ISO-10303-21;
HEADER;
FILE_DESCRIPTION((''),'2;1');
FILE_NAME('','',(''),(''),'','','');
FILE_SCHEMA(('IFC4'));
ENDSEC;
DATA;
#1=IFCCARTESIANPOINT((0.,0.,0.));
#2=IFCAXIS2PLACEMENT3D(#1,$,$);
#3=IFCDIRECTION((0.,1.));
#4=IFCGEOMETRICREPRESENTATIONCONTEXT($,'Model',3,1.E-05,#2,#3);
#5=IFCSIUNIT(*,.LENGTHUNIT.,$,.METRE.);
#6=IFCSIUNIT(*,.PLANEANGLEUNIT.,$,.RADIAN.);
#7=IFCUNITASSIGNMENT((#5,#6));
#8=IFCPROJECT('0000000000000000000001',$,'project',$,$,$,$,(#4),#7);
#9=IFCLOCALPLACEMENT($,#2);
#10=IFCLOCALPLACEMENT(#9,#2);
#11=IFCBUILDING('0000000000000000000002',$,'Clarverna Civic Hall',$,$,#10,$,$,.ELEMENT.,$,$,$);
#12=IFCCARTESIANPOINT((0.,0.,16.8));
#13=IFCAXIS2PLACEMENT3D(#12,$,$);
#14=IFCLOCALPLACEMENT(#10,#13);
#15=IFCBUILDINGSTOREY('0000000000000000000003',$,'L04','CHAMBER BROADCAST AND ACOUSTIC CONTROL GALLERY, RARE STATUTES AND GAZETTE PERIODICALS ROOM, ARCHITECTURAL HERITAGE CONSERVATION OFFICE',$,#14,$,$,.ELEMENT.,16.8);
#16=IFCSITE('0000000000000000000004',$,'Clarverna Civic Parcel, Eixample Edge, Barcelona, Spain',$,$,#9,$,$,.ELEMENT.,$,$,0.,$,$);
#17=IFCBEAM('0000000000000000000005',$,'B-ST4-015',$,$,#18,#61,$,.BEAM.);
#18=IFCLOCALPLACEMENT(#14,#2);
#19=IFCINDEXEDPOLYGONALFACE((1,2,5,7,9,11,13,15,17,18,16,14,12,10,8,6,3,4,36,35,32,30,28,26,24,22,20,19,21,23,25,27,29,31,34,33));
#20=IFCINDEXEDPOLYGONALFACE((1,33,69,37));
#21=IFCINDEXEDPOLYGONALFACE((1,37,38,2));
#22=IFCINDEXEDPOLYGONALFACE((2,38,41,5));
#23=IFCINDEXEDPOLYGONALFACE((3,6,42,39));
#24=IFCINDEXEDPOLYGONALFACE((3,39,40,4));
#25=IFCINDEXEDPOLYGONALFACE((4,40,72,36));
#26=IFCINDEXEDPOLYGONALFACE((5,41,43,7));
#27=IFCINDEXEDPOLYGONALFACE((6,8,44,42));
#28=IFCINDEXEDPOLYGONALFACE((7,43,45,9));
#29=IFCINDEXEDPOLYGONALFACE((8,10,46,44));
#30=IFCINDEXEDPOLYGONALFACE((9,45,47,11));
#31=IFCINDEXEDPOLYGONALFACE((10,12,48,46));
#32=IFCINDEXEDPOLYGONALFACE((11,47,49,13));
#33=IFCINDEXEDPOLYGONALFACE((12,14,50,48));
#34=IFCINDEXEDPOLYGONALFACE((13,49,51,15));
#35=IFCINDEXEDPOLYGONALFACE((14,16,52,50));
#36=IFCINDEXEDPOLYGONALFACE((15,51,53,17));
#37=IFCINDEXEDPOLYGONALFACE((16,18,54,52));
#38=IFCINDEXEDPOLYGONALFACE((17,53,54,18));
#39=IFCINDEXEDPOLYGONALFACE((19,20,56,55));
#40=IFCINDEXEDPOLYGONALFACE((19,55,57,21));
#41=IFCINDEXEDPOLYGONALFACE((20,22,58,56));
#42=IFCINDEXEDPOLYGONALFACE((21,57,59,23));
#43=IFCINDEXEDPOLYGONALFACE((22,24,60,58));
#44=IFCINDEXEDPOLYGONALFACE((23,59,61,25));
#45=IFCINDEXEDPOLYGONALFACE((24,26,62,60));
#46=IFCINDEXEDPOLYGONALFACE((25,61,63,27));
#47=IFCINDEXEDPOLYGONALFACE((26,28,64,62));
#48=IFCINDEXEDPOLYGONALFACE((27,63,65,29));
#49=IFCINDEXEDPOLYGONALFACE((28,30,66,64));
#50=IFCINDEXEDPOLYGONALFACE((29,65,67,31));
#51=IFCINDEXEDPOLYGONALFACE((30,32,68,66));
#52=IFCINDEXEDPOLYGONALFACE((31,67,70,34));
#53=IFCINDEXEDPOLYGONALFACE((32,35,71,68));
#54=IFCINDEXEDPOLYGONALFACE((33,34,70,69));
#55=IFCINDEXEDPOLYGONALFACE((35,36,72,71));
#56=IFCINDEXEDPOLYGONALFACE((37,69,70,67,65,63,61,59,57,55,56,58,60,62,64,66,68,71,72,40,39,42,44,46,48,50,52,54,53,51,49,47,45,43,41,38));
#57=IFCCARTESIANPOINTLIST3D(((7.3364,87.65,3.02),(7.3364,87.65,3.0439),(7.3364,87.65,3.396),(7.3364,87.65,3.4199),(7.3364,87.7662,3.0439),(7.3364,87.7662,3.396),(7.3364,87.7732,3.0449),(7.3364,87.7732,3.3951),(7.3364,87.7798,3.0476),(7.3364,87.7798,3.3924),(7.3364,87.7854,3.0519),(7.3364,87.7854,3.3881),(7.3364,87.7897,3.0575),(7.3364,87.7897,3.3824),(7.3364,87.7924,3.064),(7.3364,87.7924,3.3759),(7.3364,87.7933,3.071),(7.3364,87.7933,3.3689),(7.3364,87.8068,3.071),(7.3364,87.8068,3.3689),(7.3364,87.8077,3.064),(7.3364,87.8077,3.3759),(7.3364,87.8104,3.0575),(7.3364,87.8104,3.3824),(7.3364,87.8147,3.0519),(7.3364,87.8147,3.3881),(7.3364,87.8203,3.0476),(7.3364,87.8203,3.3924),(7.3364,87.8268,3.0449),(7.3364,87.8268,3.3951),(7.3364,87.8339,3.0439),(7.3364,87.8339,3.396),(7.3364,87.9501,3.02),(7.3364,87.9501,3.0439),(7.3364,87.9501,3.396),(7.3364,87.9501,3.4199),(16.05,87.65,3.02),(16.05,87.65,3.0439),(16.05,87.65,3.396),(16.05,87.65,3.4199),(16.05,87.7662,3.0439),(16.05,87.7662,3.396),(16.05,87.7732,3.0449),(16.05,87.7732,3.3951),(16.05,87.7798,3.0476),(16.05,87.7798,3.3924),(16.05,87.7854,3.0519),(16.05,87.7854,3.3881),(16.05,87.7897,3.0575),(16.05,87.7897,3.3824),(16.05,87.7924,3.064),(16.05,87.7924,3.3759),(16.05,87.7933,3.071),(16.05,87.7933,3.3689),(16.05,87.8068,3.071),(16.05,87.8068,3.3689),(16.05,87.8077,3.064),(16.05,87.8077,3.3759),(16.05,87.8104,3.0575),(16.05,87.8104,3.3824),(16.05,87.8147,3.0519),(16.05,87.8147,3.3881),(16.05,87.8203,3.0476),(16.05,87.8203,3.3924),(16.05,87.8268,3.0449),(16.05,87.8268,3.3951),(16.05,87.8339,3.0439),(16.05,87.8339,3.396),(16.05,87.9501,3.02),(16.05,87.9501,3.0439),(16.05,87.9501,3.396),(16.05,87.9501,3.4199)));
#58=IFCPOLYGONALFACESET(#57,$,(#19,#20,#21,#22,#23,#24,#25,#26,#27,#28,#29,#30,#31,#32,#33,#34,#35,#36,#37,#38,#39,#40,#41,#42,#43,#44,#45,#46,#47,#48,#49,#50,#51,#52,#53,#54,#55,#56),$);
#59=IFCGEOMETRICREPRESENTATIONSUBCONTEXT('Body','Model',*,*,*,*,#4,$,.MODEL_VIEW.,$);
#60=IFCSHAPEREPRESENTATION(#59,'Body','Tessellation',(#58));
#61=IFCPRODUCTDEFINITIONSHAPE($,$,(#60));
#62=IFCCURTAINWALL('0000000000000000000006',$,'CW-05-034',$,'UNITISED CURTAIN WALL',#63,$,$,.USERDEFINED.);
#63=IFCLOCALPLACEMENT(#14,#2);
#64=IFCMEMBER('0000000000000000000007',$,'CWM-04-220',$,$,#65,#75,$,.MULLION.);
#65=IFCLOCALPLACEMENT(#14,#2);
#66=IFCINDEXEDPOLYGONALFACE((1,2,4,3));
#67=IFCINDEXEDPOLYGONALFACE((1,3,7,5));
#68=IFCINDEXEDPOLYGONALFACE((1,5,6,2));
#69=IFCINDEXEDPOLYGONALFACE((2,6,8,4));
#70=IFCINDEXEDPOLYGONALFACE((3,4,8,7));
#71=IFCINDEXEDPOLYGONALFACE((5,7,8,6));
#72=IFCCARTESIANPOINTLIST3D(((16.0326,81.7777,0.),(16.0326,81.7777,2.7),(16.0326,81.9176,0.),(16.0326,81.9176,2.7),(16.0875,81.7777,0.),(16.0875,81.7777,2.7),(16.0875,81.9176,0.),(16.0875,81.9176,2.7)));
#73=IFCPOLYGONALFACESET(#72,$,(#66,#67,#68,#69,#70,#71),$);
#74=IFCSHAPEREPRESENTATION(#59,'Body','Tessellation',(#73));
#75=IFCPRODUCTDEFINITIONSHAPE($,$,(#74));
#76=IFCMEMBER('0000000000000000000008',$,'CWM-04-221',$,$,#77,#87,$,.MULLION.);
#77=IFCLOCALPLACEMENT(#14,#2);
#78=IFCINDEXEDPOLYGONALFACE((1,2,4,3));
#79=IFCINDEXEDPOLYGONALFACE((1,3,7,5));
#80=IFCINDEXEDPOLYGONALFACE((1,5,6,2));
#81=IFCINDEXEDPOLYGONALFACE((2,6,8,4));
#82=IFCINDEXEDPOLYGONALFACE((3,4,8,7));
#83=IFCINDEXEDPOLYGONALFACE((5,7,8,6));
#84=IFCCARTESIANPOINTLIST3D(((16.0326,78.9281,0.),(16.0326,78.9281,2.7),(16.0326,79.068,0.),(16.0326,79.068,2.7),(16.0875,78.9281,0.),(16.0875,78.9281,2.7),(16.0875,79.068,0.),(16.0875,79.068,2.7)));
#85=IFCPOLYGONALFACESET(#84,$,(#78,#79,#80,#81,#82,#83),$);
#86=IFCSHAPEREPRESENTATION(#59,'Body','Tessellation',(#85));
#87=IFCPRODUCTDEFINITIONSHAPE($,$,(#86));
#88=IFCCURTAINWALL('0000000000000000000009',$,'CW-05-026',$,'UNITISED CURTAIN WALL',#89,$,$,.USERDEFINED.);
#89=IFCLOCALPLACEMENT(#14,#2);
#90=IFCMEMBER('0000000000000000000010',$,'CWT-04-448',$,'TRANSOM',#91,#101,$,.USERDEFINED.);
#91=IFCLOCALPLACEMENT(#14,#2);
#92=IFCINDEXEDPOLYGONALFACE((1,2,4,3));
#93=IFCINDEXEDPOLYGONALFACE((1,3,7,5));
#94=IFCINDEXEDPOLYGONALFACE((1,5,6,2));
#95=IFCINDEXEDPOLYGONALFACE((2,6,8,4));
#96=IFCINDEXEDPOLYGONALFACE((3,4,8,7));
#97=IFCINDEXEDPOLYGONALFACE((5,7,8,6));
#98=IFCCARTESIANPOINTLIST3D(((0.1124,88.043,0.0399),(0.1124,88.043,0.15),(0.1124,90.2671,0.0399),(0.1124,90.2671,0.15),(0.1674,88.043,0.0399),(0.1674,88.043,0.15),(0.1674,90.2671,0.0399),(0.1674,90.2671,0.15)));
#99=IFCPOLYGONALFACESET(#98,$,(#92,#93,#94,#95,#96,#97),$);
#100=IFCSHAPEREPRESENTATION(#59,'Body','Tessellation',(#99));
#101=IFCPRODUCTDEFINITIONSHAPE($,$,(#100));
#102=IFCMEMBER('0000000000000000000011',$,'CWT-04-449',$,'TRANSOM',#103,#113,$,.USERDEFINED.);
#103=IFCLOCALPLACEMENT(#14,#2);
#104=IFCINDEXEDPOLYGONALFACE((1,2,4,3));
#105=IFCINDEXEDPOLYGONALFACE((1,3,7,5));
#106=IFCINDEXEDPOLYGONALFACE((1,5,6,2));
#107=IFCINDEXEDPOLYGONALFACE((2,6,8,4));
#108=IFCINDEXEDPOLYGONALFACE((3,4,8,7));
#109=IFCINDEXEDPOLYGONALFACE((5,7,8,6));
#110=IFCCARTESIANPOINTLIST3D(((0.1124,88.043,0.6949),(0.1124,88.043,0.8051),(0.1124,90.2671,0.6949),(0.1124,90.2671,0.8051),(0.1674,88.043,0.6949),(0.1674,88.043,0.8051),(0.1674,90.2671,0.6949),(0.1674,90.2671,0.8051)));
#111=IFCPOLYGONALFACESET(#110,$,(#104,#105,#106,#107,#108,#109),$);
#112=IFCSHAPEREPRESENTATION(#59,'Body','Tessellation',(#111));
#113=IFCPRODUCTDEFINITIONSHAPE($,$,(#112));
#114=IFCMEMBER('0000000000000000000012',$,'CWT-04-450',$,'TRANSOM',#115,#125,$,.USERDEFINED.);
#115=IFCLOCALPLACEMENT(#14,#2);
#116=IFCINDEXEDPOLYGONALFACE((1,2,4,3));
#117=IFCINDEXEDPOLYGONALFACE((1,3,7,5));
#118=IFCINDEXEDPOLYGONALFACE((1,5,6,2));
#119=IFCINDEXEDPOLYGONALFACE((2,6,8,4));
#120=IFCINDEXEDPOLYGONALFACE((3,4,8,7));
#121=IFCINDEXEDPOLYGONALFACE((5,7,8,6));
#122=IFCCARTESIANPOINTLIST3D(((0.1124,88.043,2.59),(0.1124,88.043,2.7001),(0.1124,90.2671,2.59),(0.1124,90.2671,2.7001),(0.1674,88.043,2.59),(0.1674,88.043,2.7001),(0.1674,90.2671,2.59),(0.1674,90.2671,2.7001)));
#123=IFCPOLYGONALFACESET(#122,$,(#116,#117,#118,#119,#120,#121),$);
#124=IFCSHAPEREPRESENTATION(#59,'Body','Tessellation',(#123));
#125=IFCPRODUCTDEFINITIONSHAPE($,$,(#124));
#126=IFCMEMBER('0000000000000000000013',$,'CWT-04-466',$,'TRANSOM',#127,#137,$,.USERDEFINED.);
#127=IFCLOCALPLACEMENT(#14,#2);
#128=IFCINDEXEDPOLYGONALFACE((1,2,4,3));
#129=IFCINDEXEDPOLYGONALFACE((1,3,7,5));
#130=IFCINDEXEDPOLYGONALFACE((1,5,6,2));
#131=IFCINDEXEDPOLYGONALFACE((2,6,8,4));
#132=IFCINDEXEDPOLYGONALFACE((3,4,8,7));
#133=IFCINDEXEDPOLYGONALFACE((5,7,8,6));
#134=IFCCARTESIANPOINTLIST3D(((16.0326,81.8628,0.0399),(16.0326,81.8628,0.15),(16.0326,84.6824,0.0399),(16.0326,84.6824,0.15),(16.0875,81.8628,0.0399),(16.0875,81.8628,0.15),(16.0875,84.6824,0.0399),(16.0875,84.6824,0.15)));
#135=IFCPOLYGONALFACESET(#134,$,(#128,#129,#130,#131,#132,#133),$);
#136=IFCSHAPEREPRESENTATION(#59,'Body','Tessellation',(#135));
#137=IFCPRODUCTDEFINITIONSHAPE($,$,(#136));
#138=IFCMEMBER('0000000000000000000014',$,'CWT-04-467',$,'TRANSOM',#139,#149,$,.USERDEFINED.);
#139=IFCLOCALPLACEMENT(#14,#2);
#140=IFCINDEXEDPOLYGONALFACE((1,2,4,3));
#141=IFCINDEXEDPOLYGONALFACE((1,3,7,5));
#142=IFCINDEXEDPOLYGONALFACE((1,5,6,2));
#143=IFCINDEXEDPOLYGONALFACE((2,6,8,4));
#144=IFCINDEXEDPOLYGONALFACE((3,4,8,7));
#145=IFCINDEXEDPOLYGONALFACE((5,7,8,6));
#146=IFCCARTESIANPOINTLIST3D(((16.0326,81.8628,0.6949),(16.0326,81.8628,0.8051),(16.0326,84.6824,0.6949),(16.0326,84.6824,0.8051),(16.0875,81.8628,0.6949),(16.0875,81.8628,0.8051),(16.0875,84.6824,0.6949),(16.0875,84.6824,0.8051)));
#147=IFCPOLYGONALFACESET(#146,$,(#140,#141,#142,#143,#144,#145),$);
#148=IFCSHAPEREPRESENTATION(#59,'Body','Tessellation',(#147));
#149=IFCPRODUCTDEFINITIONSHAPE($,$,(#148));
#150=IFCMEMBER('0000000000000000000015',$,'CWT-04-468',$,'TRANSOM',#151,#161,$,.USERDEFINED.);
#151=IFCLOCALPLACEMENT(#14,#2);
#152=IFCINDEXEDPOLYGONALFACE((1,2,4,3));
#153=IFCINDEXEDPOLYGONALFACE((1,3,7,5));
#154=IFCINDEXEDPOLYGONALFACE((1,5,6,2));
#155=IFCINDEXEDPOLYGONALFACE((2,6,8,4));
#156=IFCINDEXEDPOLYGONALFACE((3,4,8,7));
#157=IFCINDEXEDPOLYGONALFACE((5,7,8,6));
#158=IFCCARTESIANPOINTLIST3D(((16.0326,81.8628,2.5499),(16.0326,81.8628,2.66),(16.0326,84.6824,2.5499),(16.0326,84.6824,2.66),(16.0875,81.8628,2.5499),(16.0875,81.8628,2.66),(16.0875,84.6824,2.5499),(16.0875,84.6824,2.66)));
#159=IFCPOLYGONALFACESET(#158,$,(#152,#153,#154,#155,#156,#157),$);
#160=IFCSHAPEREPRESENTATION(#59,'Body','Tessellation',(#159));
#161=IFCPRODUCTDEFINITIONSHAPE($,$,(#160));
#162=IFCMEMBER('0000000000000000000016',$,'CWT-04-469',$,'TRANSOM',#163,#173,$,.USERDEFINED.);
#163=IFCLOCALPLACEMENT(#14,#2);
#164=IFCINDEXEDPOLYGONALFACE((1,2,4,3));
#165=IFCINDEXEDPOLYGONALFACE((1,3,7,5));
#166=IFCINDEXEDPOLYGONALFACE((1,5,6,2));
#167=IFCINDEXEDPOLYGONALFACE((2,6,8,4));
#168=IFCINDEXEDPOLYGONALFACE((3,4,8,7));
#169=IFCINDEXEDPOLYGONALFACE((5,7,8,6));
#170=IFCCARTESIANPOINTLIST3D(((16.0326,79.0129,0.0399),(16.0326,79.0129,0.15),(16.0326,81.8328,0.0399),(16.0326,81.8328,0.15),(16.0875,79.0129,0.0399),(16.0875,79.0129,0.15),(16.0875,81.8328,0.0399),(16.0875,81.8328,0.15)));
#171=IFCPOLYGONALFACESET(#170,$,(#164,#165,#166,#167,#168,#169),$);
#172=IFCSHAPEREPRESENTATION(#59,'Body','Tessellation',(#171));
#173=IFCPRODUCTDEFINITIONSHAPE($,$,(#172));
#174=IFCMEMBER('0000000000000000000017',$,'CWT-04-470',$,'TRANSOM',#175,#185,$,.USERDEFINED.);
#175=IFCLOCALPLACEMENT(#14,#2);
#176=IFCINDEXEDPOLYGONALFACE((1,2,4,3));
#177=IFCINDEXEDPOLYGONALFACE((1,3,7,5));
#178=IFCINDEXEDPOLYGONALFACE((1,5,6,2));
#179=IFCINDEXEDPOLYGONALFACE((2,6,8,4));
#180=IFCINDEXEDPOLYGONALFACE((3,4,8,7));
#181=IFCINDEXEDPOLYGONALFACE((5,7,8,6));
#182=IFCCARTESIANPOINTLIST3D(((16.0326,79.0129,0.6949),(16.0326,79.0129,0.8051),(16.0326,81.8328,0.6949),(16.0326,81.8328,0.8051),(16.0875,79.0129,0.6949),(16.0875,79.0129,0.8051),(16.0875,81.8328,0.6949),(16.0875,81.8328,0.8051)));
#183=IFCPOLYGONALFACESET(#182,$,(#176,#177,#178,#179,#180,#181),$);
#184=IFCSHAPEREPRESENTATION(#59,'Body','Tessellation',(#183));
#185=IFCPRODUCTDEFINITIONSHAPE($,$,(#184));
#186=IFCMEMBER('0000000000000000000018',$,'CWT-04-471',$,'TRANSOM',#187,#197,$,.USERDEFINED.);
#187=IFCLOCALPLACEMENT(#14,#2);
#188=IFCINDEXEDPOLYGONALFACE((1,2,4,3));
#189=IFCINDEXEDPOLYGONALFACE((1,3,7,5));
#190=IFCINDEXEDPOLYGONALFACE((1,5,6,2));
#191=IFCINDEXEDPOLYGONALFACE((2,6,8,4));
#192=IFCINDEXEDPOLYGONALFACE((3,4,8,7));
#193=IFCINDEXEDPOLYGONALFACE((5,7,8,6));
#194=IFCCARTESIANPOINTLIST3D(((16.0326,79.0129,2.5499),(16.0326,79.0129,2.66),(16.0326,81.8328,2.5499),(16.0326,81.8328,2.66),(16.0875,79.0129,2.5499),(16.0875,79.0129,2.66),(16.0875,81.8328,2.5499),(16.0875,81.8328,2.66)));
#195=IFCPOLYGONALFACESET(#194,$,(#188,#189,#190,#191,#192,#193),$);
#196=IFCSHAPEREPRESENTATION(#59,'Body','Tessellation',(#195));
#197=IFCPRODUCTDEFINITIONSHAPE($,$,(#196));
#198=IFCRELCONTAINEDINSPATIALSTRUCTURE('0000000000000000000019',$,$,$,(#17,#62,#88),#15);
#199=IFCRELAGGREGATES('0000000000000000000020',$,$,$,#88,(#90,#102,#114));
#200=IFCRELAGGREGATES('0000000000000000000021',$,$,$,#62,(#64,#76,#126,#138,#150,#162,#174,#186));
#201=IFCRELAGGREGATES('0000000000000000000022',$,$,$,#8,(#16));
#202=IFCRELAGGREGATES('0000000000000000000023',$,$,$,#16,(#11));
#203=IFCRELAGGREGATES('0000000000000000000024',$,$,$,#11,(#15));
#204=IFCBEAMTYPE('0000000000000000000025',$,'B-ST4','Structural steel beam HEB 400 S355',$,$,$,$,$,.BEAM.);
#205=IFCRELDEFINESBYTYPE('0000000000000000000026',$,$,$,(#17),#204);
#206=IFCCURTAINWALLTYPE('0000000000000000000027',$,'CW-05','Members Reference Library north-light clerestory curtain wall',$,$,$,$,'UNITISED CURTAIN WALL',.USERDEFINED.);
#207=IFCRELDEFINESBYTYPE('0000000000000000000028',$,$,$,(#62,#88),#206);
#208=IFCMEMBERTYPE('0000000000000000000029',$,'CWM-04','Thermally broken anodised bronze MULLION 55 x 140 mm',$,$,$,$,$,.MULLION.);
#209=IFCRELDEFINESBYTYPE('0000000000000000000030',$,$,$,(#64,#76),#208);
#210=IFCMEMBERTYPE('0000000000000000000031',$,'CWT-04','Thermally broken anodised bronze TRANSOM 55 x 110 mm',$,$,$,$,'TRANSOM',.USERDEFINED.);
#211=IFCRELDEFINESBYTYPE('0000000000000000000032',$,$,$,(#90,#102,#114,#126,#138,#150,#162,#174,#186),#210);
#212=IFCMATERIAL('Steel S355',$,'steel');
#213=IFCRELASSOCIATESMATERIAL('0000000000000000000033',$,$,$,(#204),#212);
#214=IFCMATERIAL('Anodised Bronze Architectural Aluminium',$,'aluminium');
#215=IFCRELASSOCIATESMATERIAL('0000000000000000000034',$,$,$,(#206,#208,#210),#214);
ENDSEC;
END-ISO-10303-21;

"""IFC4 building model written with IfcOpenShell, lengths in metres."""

from ifc_helpers import new_model, si_unit, direction, frame, origin, origin_2d, place, context, subcontext, project, spatial, rectangle, i_section, extrude, material, material_profile, profile_set, type_object, element, aggregate, save


model = new_model("IFC4")

# Units and contexts
model_context = context("Model", 3, precision=1e-05, world=origin(), true_north=direction((0.0, 1.0)))
body_context = subcontext(model_context, "Body", "Model", "MODEL_VIEW")
ifc_project = project(units=[si_unit("LENGTHUNIT", "METRE"), si_unit("PLANEANGLEUNIT", "RADIAN")], contexts=[model_context])

# Site, building, storey
site_placement = place(None, origin())
site = spatial("IfcSite", under=ifc_project, at=site_placement, Name="Clarverna Civic Parcel, Eixample Edge, Barcelona, Spain", CompositionType="ELEMENT", RefElevation=0.0)
building_placement = place(site_placement, origin())
building = spatial("IfcBuilding", under=site, at=building_placement, Name="Clarverna Civic Hall", CompositionType="ELEMENT")
storey_placement = place(building_placement, frame((0.0, 0.0, 16.8)))
storey = spatial("IfcBuildingStorey", under=building, at=storey_placement, Name="L04", Description="CHAMBER BROADCAST AND ACOUSTIC CONTROL GALLERY, RARE STATUTES AND GAZETTE PERIODICALS ROOM, ARCHITECTURAL HERITAGE CONSERVATION OFFICE", CompositionType="ELEMENT", Elevation=16.8)

# Shared definitions
ifc_material_1 = material(Name="Steel S355", Category="steel")

# Beam
ifc_material_profile_1 = material_profile(ifc_material_1, i_section(OverallWidth=0.3, OverallDepth=0.3999, WebThickness=0.0134, FlangeThickness=0.0239, FilletRadius=0.0271, at=origin_2d()), Name="HEB 400")
ifc_profile_set_1 = profile_set([ifc_material_profile_1], Name="Steel S355")
beam_type_1 = type_object("IfcBeamType", Name="B-ST4", Description="Structural steel beam HEB 400 S355", PredefinedType="BEAM", material=ifc_profile_set_1)
beam_1_placement = place(storey_placement, frame((7.3364, 87.8, 3.22), z_axis=(1.0, 0.0, 0.0), x_axis=(0.0, 1.0, 0.0)))
element("IfcBeam", 1, at=beam_1_placement, inside=storey, type_object=beam_type_1, Name="B-ST4-015", PredefinedType="BEAM", context=body_context, shape_type="SweptSolid", body=[
    extrude(i_section(OverallWidth=0.3, OverallDepth=0.3999, WebThickness=0.0134, FlangeThickness=0.0239, FilletRadius=0.0271, at=origin_2d()), origin(), (0.0, 0.0, 1.0), 8.7136),
])

# Curtain walls, members
ifc_material_2 = material(Name="Anodised Bronze Architectural Aluminium", Category="aluminium")
curtain_wall_type = type_object("IfcCurtainWallType", Name="CW-05", Description="Members Reference Library north-light clerestory curtain wall", ElementType="UNITISED CURTAIN WALL", PredefinedType="USERDEFINED", material=ifc_material_2)
curtain_wall_1_placement = place(storey_placement, origin())
curtain_wall_1 = element("IfcCurtainWall", 2, at=curtain_wall_1_placement, inside=storey, type_object=curtain_wall_type, Name="CW-05-034", ObjectType="UNITISED CURTAIN WALL", PredefinedType="USERDEFINED")
ifc_material_profile_2 = material_profile(ifc_material_2, rectangle(XDim=0.0549, YDim=0.1399, at=origin_2d()), Name="BRONZE 55x140")
ifc_profile_set_2 = profile_set([ifc_material_profile_2], Name="Anodised Bronze Architectural Aluminium")
member_type_1 = type_object("IfcMemberType", Name="CWM-04", Description="Thermally broken anodised bronze MULLION 55 x 140 mm", PredefinedType="MULLION", material=ifc_profile_set_2)
member_1_placement = place(storey_placement, frame((16.0601, 81.8477, 0.0), z_axis=(0.0, 0.0, 1.0), x_axis=(1.0, 0.0, 0.0)))
member_1 = element("IfcMember", 3, at=member_1_placement, type_object=member_type_1, Name="CWM-04-220", PredefinedType="MULLION", context=body_context, shape_type="SweptSolid", body=[
    extrude(rectangle(XDim=0.0549, YDim=0.1399, at=origin_2d()), origin(), (0.0, 0.0, 1.0), 2.7),
])
member_2_placement = place(storey_placement, frame((16.0601, 78.998, 0.0), z_axis=(0.0, 0.0, 1.0), x_axis=(1.0, 0.0, 0.0)))
member_2 = element("IfcMember", 4, at=member_2_placement, type_object=member_type_1, Name="CWM-04-221", PredefinedType="MULLION", context=body_context, shape_type="SweptSolid", body=[
    extrude(rectangle(XDim=0.0549, YDim=0.1399, at=origin_2d()), origin(), (0.0, 0.0, 1.0), 2.7),
])
curtain_wall_2_placement = place(storey_placement, origin())
curtain_wall_2 = element("IfcCurtainWall", 5, at=curtain_wall_2_placement, inside=storey, type_object=curtain_wall_type, Name="CW-05-026", ObjectType="UNITISED CURTAIN WALL", PredefinedType="USERDEFINED")
ifc_material_profile_3 = material_profile(ifc_material_2, rectangle(XDim=0.0549, YDim=0.1101, at=origin_2d()), Name="BRONZE 55x110")
ifc_profile_set_3 = profile_set([ifc_material_profile_3], Name="Anodised Bronze Architectural Aluminium")
member_type_2 = type_object("IfcMemberType", Name="CWT-04", Description="Thermally broken anodised bronze TRANSOM 55 x 110 mm", ElementType="TRANSOM", PredefinedType="USERDEFINED", material=ifc_profile_set_3)
member_3_placement = place(storey_placement, frame((0.1399, 88.043, 0.095), z_axis=(0.0, 1.0, 0.0), x_axis=(-1.0, 0.0, 0.0)))
member_3 = element("IfcMember", 6, at=member_3_placement, type_object=member_type_2, Name="CWT-04-448", ObjectType="TRANSOM", PredefinedType="USERDEFINED", context=body_context, shape_type="SweptSolid", body=[
    extrude(rectangle(XDim=0.0549, YDim=0.1101, at=origin_2d()), origin(), (0.0, 0.0, 1.0), 2.2241),
])
member_4_placement = place(storey_placement, frame((0.1399, 88.043, 0.75), z_axis=(0.0, 1.0, 0.0), x_axis=(-1.0, 0.0, 0.0)))
member_4 = element("IfcMember", 7, at=member_4_placement, type_object=member_type_2, Name="CWT-04-449", ObjectType="TRANSOM", PredefinedType="USERDEFINED", context=body_context, shape_type="SweptSolid", body=[
    extrude(rectangle(XDim=0.0549, YDim=0.1101, at=origin_2d()), origin(), (0.0, 0.0, 1.0), 2.2241),
])
member_5_placement = place(storey_placement, frame((0.1399, 88.043, 2.645), z_axis=(0.0, 1.0, 0.0), x_axis=(-1.0, 0.0, 0.0)))
member_5 = element("IfcMember", 8, at=member_5_placement, type_object=member_type_2, Name="CWT-04-450", ObjectType="TRANSOM", PredefinedType="USERDEFINED", context=body_context, shape_type="SweptSolid", body=[
    extrude(rectangle(XDim=0.0549, YDim=0.1101, at=origin_2d()), origin(), (0.0, 0.0, 1.0), 2.2241),
])

# Members
member_6_placement = place(storey_placement, frame((16.0601, 84.6824, 0.095), z_axis=(0.0, -1.0, 0.0), x_axis=(1.0, 0.0, 0.0)))
member_6 = element("IfcMember", 9, at=member_6_placement, type_object=member_type_2, Name="CWT-04-466", ObjectType="TRANSOM", PredefinedType="USERDEFINED", context=body_context, shape_type="SweptSolid", body=[
    extrude(rectangle(XDim=0.0549, YDim=0.1101, at=origin_2d()), origin(), (0.0, 0.0, 1.0), 2.8196),
])
member_7_placement = place(storey_placement, frame((16.0601, 84.6824, 0.75), z_axis=(0.0, -1.0, 0.0), x_axis=(1.0, 0.0, 0.0)))
member_7 = element("IfcMember", 10, at=member_7_placement, type_object=member_type_2, Name="CWT-04-467", ObjectType="TRANSOM", PredefinedType="USERDEFINED", context=body_context, shape_type="SweptSolid", body=[
    extrude(rectangle(XDim=0.0549, YDim=0.1101, at=origin_2d()), origin(), (0.0, 0.0, 1.0), 2.8196),
])
member_8_placement = place(storey_placement, frame((16.0601, 84.6824, 2.605), z_axis=(0.0, -1.0, 0.0), x_axis=(1.0, 0.0, 0.0)))
member_8 = element("IfcMember", 11, at=member_8_placement, type_object=member_type_2, Name="CWT-04-468", ObjectType="TRANSOM", PredefinedType="USERDEFINED", context=body_context, shape_type="SweptSolid", body=[
    extrude(rectangle(XDim=0.0549, YDim=0.1101, at=origin_2d()), origin(), (0.0, 0.0, 1.0), 2.8196),
])
member_9_placement = place(storey_placement, frame((16.0601, 81.8328, 0.095), z_axis=(0.0, -1.0, 0.0), x_axis=(1.0, 0.0, 0.0)))
member_9 = element("IfcMember", 12, at=member_9_placement, type_object=member_type_2, Name="CWT-04-469", ObjectType="TRANSOM", PredefinedType="USERDEFINED", context=body_context, shape_type="SweptSolid", body=[
    extrude(rectangle(XDim=0.0549, YDim=0.1101, at=origin_2d()), origin(), (0.0, 0.0, 1.0), 2.8198),
])
member_10_placement = place(storey_placement, frame((16.0601, 81.8328, 0.75), z_axis=(0.0, -1.0, 0.0), x_axis=(1.0, 0.0, 0.0)))
member_10 = element("IfcMember", 13, at=member_10_placement, type_object=member_type_2, Name="CWT-04-470", ObjectType="TRANSOM", PredefinedType="USERDEFINED", context=body_context, shape_type="SweptSolid", body=[
    extrude(rectangle(XDim=0.0549, YDim=0.1101, at=origin_2d()), origin(), (0.0, 0.0, 1.0), 2.8198),
])
member_11_placement = place(storey_placement, frame((16.0601, 81.8328, 2.605), z_axis=(0.0, -1.0, 0.0), x_axis=(1.0, 0.0, 0.0)))
member_11 = element("IfcMember", 14, at=member_11_placement, type_object=member_type_2, Name="CWT-04-471", ObjectType="TRANSOM", PredefinedType="USERDEFINED", context=body_context, shape_type="SweptSolid", body=[
    extrude(rectangle(XDim=0.0549, YDim=0.1101, at=origin_2d()), origin(), (0.0, 0.0, 1.0), 2.8198),
])

aggregate(curtain_wall_2, [member_3, member_4, member_5])
aggregate(curtain_wall_1, [member_1, member_2, member_6, member_7, member_8, member_9, member_10, member_11])

save(model, "model.ifc")
